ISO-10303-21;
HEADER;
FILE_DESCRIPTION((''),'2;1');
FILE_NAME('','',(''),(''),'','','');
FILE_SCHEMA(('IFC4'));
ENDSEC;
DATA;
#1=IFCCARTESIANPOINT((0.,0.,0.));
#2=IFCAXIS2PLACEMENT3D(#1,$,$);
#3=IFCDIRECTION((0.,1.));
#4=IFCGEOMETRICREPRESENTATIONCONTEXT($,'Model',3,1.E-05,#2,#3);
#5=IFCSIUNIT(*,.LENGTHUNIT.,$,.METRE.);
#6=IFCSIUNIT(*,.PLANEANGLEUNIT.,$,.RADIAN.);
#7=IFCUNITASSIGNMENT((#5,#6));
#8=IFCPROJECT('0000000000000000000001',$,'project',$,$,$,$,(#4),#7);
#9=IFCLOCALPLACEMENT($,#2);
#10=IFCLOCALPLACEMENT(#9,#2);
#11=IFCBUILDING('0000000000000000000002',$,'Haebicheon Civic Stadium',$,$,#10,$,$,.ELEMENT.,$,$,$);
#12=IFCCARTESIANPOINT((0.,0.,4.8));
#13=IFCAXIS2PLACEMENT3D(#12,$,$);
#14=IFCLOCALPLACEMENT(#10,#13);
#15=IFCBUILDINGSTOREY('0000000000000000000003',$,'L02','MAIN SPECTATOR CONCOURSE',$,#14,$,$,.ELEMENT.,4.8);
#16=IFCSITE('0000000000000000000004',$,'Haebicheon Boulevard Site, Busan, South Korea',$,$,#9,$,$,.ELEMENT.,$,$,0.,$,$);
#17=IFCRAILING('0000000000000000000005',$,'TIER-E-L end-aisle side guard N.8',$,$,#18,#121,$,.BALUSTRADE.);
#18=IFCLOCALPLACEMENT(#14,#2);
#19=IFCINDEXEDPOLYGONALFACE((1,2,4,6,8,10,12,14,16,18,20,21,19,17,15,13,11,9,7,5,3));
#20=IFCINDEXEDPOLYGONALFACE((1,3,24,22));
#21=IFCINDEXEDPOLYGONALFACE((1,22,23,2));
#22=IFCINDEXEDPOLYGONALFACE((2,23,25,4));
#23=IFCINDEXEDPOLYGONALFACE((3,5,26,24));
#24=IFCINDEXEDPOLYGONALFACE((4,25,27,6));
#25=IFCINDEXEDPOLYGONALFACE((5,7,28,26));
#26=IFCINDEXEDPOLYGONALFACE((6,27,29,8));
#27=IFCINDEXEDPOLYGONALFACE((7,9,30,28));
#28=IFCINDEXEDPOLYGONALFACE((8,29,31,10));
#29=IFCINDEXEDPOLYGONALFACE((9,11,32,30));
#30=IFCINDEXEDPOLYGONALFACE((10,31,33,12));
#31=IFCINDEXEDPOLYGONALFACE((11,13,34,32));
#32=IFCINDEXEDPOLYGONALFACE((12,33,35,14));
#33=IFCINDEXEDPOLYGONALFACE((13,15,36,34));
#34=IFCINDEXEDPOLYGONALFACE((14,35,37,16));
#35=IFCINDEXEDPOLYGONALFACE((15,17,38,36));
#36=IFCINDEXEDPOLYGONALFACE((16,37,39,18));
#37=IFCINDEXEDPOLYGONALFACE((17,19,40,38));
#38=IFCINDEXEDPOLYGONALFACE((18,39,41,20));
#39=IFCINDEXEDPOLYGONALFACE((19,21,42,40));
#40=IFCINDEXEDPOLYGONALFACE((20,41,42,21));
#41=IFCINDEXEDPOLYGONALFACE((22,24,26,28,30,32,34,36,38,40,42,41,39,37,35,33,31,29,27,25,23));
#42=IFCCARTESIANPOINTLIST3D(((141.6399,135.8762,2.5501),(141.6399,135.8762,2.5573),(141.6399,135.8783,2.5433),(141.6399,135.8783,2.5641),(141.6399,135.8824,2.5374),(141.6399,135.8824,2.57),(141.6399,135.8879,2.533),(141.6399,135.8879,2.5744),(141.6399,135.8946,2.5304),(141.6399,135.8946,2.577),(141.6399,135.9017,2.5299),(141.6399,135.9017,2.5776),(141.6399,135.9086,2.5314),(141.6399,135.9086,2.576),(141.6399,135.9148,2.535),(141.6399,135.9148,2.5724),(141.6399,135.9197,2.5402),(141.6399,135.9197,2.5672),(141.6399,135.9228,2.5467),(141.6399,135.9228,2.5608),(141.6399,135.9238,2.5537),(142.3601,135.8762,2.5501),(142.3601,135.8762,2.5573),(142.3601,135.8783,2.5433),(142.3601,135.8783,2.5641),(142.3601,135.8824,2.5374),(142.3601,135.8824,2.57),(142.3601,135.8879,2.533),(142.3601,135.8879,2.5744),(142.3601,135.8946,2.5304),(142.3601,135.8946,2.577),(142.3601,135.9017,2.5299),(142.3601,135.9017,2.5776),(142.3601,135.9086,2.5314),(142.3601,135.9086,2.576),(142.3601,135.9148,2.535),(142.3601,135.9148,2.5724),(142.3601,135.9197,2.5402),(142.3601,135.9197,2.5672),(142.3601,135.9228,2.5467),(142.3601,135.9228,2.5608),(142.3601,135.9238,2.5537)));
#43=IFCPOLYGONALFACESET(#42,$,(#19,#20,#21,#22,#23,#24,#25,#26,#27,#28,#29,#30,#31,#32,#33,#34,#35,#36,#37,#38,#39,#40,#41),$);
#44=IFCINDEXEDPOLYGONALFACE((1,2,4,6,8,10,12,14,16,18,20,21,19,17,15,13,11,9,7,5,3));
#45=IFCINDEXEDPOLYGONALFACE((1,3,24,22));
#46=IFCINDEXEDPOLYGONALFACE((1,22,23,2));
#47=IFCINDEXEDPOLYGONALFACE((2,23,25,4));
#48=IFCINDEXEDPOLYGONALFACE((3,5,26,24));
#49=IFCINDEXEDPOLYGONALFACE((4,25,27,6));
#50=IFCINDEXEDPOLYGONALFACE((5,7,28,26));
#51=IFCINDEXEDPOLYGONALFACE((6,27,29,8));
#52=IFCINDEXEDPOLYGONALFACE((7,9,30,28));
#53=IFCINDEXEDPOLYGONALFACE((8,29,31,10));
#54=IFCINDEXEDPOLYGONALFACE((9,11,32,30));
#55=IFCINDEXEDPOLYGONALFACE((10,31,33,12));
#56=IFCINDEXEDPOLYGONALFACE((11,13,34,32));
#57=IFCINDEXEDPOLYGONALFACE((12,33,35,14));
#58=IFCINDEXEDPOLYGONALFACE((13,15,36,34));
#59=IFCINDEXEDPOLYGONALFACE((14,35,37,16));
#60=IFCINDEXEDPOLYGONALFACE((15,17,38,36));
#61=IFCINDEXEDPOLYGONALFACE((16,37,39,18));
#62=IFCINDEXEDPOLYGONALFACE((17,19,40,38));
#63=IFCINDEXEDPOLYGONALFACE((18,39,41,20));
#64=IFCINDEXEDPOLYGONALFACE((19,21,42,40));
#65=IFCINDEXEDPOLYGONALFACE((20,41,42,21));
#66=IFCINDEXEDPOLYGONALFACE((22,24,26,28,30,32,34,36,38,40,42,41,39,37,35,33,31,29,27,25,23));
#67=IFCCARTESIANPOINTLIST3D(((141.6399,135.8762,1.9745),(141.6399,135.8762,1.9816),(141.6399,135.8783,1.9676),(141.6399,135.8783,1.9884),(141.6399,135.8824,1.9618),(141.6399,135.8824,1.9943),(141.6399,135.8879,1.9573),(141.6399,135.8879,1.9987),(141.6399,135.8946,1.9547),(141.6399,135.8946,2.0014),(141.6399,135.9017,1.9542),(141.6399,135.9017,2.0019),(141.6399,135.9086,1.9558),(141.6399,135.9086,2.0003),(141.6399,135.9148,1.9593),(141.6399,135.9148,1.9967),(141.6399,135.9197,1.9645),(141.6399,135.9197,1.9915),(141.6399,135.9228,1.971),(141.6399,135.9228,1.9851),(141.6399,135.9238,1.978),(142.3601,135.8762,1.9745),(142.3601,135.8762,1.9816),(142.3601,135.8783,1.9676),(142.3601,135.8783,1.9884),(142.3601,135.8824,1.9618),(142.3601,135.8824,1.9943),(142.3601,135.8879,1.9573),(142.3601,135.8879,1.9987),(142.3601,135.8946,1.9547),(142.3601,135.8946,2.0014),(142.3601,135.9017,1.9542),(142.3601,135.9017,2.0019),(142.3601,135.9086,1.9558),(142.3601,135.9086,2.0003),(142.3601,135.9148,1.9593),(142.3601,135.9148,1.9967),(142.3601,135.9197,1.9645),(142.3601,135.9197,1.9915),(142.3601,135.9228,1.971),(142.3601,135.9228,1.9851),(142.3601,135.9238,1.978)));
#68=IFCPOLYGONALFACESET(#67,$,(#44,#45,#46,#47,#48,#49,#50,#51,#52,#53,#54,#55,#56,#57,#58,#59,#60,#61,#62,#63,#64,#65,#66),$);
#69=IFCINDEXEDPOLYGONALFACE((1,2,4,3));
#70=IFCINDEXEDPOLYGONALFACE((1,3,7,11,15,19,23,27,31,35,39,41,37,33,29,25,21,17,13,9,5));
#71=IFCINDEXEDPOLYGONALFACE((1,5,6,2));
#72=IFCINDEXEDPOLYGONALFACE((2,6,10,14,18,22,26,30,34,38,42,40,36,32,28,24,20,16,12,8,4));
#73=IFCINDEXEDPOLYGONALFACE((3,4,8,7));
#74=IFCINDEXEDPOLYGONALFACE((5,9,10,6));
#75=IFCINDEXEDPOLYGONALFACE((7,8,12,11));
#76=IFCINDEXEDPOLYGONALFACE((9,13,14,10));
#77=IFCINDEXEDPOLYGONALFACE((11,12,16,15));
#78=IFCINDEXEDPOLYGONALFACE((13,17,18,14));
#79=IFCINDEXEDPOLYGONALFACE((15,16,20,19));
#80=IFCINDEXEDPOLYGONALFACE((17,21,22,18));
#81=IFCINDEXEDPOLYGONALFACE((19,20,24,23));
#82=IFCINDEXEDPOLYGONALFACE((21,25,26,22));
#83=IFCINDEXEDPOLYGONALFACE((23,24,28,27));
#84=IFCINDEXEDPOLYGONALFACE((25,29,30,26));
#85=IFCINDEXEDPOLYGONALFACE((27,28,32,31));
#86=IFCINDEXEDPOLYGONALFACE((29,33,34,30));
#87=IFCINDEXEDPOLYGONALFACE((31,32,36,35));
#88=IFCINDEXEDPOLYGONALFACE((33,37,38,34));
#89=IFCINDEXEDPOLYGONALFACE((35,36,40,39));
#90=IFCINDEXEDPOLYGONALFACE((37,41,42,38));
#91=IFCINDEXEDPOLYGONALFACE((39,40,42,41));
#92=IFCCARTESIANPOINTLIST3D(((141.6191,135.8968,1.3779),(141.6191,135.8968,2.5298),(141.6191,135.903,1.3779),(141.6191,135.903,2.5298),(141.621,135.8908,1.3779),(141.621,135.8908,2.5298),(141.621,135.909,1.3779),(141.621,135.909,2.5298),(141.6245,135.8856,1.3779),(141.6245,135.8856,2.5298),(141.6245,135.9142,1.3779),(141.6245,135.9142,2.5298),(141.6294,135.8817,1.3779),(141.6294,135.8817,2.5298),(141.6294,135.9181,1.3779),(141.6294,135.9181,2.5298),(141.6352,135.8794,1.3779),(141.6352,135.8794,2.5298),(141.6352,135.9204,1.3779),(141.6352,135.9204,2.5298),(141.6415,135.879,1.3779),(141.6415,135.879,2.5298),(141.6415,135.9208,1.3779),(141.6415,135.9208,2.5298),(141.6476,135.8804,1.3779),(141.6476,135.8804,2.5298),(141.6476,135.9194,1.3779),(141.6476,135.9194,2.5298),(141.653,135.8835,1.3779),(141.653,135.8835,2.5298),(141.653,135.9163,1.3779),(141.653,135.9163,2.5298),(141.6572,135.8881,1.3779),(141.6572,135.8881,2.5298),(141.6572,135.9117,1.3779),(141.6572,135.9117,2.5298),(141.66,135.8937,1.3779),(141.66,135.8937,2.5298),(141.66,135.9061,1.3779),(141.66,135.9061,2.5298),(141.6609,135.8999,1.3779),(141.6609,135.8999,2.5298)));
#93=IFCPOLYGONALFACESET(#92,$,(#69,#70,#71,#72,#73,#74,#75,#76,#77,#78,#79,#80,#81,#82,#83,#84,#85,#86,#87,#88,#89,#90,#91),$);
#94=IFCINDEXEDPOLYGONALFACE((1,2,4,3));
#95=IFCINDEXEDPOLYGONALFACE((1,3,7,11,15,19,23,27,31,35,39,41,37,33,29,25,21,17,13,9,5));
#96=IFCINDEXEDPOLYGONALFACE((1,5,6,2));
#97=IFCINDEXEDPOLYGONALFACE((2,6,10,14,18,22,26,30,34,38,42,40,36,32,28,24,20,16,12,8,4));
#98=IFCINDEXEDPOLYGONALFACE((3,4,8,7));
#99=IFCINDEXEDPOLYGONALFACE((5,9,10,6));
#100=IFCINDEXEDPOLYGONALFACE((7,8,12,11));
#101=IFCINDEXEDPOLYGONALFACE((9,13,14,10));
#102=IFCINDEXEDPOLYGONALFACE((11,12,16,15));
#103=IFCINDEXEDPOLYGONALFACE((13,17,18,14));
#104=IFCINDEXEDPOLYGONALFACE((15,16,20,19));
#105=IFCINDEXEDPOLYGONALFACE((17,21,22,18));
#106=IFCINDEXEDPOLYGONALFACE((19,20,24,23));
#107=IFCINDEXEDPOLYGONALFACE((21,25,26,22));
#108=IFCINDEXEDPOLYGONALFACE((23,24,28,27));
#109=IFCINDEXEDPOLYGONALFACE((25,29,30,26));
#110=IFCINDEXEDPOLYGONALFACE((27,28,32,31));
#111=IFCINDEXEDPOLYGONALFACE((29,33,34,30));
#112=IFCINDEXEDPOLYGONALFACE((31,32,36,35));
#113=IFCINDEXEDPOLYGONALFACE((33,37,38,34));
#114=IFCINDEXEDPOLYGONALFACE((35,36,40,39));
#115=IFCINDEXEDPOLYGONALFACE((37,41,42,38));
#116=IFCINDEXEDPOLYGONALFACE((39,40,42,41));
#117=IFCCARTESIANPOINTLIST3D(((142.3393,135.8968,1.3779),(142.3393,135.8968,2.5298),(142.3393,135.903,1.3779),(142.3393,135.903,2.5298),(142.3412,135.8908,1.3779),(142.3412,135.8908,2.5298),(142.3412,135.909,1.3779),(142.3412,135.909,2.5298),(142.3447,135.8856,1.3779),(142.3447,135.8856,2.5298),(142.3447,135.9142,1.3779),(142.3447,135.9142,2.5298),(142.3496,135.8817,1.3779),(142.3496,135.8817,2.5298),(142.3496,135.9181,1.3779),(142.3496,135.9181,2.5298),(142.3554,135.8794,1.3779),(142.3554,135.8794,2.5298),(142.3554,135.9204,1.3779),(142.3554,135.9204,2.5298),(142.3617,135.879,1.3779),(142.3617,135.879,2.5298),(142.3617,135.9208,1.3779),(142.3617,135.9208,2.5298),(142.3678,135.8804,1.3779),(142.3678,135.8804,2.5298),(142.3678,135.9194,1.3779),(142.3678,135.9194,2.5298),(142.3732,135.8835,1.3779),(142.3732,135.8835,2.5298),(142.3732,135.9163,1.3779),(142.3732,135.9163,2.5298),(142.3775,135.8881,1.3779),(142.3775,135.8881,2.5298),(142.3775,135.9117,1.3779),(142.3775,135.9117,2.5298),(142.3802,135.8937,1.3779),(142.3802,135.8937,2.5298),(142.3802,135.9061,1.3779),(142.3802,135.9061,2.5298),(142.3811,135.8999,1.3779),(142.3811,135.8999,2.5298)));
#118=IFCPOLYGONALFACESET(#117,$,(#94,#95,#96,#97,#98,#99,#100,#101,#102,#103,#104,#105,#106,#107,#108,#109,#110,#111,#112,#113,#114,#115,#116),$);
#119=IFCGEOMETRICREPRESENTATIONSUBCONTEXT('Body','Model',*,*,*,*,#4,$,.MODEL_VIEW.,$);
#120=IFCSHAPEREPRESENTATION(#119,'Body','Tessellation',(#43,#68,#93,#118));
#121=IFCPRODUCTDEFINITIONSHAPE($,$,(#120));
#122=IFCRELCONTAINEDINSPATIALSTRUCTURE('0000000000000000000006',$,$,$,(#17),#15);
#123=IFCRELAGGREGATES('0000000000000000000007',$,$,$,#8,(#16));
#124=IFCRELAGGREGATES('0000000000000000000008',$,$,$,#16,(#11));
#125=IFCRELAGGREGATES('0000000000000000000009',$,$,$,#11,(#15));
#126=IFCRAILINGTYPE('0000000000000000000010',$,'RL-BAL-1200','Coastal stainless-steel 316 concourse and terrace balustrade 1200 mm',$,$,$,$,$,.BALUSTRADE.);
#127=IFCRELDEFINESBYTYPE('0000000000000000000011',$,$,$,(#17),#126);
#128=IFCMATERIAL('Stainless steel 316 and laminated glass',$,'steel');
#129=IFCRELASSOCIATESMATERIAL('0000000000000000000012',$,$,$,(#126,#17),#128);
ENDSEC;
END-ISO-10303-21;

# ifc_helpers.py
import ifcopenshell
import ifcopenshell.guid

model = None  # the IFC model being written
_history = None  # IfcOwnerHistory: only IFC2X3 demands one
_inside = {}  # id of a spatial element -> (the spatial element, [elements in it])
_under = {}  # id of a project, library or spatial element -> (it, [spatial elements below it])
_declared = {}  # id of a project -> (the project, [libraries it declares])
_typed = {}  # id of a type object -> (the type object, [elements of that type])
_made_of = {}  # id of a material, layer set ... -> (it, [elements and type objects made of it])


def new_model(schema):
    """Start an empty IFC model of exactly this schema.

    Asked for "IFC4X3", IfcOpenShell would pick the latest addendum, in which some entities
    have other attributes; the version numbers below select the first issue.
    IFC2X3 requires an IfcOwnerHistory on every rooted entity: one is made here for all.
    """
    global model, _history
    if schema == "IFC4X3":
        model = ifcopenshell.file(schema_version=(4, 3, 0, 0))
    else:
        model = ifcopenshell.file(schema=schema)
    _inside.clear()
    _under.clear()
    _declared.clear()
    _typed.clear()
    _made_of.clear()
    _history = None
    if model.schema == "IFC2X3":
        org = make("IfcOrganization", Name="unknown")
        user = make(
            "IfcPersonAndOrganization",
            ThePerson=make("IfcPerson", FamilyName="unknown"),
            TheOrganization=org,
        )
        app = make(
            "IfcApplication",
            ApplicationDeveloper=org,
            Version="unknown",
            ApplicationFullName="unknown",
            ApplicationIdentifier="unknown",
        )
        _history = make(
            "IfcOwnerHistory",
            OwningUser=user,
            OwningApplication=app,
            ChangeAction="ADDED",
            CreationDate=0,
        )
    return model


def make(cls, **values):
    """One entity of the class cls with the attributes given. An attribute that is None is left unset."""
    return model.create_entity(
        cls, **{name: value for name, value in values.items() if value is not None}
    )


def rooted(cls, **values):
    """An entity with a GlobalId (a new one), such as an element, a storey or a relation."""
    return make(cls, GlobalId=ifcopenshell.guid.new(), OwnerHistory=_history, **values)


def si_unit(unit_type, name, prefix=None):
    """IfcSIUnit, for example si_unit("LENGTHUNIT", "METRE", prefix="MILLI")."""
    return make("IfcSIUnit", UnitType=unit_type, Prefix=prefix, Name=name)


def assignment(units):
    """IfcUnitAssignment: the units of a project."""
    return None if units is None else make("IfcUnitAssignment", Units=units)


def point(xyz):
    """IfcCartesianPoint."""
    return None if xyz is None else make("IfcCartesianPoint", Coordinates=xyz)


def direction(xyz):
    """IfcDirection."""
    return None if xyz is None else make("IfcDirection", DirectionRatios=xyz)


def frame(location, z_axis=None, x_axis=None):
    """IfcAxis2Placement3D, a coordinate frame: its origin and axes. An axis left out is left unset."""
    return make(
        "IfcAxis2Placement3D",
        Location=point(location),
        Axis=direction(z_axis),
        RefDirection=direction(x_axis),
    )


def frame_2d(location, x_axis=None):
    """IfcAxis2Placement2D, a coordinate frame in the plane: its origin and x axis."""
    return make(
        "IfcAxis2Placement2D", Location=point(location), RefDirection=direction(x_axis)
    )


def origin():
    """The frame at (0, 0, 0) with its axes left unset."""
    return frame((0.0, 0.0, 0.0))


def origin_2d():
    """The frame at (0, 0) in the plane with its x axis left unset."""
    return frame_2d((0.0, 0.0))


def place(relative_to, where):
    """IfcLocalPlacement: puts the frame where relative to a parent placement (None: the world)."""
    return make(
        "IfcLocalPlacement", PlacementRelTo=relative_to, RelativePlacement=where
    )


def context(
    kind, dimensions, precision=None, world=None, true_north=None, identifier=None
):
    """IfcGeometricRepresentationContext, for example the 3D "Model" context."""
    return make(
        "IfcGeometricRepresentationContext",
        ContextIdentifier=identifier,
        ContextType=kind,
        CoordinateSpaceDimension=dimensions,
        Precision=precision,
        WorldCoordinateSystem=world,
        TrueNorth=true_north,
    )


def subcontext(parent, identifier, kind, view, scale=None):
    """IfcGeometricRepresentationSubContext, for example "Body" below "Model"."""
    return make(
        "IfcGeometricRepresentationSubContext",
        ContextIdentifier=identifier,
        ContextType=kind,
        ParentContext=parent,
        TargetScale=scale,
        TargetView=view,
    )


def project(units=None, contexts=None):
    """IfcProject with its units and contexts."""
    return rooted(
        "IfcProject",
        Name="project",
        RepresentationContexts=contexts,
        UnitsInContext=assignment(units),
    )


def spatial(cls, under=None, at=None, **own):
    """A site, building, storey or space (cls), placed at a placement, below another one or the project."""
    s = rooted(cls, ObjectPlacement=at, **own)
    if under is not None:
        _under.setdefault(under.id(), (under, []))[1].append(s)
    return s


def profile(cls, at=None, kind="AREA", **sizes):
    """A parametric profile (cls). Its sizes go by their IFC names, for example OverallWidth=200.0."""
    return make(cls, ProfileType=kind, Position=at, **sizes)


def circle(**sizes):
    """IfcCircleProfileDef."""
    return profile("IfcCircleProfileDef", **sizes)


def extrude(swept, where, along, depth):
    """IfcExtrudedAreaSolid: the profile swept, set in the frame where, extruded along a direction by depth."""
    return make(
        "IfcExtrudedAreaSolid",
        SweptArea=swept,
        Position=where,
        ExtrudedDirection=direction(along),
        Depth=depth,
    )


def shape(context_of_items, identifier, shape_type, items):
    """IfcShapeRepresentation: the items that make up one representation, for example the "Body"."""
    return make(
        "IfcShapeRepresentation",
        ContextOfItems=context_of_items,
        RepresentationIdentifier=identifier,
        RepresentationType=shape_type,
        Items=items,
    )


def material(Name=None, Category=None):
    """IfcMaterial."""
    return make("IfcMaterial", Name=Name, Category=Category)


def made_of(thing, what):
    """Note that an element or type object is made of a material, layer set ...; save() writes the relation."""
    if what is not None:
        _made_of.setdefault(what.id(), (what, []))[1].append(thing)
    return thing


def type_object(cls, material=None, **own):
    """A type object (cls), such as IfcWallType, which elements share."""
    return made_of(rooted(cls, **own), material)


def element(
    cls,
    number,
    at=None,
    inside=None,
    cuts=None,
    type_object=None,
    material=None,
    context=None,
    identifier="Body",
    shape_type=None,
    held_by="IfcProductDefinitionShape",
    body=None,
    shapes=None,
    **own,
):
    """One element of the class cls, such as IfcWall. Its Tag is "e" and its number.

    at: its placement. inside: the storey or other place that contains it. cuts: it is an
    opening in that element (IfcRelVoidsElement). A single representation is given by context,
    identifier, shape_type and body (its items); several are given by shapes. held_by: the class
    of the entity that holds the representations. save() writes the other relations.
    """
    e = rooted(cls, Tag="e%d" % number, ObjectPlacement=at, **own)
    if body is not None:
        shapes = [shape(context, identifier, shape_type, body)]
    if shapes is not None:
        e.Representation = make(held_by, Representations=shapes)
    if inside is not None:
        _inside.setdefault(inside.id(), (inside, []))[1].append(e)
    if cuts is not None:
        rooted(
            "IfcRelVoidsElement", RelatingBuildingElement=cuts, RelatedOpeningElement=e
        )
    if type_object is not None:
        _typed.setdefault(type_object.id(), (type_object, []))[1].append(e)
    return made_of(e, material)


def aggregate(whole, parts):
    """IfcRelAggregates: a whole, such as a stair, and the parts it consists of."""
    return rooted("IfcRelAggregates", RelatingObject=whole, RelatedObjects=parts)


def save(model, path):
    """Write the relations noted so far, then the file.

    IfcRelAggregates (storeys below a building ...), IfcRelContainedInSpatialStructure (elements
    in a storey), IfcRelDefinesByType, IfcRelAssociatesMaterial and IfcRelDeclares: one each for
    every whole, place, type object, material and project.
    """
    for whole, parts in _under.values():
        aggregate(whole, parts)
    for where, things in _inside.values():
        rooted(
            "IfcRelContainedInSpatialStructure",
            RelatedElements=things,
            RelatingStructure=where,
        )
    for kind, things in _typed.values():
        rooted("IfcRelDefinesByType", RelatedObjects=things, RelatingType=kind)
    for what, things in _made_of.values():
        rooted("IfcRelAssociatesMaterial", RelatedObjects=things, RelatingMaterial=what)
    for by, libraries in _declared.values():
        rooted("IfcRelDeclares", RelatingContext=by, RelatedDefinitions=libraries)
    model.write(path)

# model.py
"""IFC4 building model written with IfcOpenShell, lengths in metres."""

from ifc_helpers import new_model, si_unit, direction, frame, origin, origin_2d, place, context, subcontext, project, spatial, circle, extrude, material, type_object, element, save


model = new_model("IFC4")

# Units and contexts
model_context = context("Model", 3, precision=1e-05, world=origin(), true_north=direction((0.0, 1.0)))
body_context = subcontext(model_context, "Body", "Model", "MODEL_VIEW")
ifc_project = project(units=[si_unit("LENGTHUNIT", "METRE"), si_unit("PLANEANGLEUNIT", "RADIAN")], contexts=[model_context])

# Site, building, storey
site_placement = place(None, origin())
site = spatial("IfcSite", under=ifc_project, at=site_placement, Name="Haebicheon Boulevard Site, Busan, South Korea", CompositionType="ELEMENT", RefElevation=0.0)
building_placement = place(site_placement, origin())
building = spatial("IfcBuilding", under=site, at=building_placement, Name="Haebicheon Civic Stadium", CompositionType="ELEMENT")
storey_placement = place(building_placement, frame((0.0, 0.0, 4.8)))
storey = spatial("IfcBuildingStorey", under=building, at=storey_placement, Name="L02", Description="MAIN SPECTATOR CONCOURSE", CompositionType="ELEMENT", Elevation=4.8)

# Railing
ifc_material_1 = material(Name="Stainless steel 316 and laminated glass", Category="steel")
railing_type = type_object("IfcRailingType", Name="RL-BAL-1200", Description="Coastal stainless-steel 316 concourse and terrace balustrade 1200 mm", PredefinedType="BALUSTRADE", material=ifc_material_1)
railing_1_placement = place(storey_placement, frame((141.6399, 135.8999, 1.3779)))
element("IfcRailing", 1, at=railing_1_placement, inside=storey, type_object=railing_type, material=ifc_material_1, Name="TIER-E-L end-aisle side guard N.8", PredefinedType="BALUSTRADE", context=body_context, shape_type="SweptSolid", body=[
    extrude(circle(Radius=0.0239, at=origin_2d()), frame((0.0, 0.0, 1.1758), z_axis=(1.0, 0.0, 0.0), x_axis=(0.0, 1.0, 0.0)), (0.0, 0.0, 1.0), 0.7202),
    extrude(circle(Radius=0.0239, at=origin_2d()), frame((0.0, 0.0, 0.6001), z_axis=(1.0, 0.0, 0.0), x_axis=(0.0, 1.0, 0.0)), (0.0, 0.0, 1.0), 0.7202),
    extrude(circle(Radius=0.021, at=origin_2d()), origin(), (0.0, 0.0, 1.0), 1.1519),
    extrude(circle(Radius=0.021, at=origin_2d()), frame((0.7202, 0.0, 0.0)), (0.0, 0.0, 1.0), 1.1519),
])

save(model, "model.ifc")
